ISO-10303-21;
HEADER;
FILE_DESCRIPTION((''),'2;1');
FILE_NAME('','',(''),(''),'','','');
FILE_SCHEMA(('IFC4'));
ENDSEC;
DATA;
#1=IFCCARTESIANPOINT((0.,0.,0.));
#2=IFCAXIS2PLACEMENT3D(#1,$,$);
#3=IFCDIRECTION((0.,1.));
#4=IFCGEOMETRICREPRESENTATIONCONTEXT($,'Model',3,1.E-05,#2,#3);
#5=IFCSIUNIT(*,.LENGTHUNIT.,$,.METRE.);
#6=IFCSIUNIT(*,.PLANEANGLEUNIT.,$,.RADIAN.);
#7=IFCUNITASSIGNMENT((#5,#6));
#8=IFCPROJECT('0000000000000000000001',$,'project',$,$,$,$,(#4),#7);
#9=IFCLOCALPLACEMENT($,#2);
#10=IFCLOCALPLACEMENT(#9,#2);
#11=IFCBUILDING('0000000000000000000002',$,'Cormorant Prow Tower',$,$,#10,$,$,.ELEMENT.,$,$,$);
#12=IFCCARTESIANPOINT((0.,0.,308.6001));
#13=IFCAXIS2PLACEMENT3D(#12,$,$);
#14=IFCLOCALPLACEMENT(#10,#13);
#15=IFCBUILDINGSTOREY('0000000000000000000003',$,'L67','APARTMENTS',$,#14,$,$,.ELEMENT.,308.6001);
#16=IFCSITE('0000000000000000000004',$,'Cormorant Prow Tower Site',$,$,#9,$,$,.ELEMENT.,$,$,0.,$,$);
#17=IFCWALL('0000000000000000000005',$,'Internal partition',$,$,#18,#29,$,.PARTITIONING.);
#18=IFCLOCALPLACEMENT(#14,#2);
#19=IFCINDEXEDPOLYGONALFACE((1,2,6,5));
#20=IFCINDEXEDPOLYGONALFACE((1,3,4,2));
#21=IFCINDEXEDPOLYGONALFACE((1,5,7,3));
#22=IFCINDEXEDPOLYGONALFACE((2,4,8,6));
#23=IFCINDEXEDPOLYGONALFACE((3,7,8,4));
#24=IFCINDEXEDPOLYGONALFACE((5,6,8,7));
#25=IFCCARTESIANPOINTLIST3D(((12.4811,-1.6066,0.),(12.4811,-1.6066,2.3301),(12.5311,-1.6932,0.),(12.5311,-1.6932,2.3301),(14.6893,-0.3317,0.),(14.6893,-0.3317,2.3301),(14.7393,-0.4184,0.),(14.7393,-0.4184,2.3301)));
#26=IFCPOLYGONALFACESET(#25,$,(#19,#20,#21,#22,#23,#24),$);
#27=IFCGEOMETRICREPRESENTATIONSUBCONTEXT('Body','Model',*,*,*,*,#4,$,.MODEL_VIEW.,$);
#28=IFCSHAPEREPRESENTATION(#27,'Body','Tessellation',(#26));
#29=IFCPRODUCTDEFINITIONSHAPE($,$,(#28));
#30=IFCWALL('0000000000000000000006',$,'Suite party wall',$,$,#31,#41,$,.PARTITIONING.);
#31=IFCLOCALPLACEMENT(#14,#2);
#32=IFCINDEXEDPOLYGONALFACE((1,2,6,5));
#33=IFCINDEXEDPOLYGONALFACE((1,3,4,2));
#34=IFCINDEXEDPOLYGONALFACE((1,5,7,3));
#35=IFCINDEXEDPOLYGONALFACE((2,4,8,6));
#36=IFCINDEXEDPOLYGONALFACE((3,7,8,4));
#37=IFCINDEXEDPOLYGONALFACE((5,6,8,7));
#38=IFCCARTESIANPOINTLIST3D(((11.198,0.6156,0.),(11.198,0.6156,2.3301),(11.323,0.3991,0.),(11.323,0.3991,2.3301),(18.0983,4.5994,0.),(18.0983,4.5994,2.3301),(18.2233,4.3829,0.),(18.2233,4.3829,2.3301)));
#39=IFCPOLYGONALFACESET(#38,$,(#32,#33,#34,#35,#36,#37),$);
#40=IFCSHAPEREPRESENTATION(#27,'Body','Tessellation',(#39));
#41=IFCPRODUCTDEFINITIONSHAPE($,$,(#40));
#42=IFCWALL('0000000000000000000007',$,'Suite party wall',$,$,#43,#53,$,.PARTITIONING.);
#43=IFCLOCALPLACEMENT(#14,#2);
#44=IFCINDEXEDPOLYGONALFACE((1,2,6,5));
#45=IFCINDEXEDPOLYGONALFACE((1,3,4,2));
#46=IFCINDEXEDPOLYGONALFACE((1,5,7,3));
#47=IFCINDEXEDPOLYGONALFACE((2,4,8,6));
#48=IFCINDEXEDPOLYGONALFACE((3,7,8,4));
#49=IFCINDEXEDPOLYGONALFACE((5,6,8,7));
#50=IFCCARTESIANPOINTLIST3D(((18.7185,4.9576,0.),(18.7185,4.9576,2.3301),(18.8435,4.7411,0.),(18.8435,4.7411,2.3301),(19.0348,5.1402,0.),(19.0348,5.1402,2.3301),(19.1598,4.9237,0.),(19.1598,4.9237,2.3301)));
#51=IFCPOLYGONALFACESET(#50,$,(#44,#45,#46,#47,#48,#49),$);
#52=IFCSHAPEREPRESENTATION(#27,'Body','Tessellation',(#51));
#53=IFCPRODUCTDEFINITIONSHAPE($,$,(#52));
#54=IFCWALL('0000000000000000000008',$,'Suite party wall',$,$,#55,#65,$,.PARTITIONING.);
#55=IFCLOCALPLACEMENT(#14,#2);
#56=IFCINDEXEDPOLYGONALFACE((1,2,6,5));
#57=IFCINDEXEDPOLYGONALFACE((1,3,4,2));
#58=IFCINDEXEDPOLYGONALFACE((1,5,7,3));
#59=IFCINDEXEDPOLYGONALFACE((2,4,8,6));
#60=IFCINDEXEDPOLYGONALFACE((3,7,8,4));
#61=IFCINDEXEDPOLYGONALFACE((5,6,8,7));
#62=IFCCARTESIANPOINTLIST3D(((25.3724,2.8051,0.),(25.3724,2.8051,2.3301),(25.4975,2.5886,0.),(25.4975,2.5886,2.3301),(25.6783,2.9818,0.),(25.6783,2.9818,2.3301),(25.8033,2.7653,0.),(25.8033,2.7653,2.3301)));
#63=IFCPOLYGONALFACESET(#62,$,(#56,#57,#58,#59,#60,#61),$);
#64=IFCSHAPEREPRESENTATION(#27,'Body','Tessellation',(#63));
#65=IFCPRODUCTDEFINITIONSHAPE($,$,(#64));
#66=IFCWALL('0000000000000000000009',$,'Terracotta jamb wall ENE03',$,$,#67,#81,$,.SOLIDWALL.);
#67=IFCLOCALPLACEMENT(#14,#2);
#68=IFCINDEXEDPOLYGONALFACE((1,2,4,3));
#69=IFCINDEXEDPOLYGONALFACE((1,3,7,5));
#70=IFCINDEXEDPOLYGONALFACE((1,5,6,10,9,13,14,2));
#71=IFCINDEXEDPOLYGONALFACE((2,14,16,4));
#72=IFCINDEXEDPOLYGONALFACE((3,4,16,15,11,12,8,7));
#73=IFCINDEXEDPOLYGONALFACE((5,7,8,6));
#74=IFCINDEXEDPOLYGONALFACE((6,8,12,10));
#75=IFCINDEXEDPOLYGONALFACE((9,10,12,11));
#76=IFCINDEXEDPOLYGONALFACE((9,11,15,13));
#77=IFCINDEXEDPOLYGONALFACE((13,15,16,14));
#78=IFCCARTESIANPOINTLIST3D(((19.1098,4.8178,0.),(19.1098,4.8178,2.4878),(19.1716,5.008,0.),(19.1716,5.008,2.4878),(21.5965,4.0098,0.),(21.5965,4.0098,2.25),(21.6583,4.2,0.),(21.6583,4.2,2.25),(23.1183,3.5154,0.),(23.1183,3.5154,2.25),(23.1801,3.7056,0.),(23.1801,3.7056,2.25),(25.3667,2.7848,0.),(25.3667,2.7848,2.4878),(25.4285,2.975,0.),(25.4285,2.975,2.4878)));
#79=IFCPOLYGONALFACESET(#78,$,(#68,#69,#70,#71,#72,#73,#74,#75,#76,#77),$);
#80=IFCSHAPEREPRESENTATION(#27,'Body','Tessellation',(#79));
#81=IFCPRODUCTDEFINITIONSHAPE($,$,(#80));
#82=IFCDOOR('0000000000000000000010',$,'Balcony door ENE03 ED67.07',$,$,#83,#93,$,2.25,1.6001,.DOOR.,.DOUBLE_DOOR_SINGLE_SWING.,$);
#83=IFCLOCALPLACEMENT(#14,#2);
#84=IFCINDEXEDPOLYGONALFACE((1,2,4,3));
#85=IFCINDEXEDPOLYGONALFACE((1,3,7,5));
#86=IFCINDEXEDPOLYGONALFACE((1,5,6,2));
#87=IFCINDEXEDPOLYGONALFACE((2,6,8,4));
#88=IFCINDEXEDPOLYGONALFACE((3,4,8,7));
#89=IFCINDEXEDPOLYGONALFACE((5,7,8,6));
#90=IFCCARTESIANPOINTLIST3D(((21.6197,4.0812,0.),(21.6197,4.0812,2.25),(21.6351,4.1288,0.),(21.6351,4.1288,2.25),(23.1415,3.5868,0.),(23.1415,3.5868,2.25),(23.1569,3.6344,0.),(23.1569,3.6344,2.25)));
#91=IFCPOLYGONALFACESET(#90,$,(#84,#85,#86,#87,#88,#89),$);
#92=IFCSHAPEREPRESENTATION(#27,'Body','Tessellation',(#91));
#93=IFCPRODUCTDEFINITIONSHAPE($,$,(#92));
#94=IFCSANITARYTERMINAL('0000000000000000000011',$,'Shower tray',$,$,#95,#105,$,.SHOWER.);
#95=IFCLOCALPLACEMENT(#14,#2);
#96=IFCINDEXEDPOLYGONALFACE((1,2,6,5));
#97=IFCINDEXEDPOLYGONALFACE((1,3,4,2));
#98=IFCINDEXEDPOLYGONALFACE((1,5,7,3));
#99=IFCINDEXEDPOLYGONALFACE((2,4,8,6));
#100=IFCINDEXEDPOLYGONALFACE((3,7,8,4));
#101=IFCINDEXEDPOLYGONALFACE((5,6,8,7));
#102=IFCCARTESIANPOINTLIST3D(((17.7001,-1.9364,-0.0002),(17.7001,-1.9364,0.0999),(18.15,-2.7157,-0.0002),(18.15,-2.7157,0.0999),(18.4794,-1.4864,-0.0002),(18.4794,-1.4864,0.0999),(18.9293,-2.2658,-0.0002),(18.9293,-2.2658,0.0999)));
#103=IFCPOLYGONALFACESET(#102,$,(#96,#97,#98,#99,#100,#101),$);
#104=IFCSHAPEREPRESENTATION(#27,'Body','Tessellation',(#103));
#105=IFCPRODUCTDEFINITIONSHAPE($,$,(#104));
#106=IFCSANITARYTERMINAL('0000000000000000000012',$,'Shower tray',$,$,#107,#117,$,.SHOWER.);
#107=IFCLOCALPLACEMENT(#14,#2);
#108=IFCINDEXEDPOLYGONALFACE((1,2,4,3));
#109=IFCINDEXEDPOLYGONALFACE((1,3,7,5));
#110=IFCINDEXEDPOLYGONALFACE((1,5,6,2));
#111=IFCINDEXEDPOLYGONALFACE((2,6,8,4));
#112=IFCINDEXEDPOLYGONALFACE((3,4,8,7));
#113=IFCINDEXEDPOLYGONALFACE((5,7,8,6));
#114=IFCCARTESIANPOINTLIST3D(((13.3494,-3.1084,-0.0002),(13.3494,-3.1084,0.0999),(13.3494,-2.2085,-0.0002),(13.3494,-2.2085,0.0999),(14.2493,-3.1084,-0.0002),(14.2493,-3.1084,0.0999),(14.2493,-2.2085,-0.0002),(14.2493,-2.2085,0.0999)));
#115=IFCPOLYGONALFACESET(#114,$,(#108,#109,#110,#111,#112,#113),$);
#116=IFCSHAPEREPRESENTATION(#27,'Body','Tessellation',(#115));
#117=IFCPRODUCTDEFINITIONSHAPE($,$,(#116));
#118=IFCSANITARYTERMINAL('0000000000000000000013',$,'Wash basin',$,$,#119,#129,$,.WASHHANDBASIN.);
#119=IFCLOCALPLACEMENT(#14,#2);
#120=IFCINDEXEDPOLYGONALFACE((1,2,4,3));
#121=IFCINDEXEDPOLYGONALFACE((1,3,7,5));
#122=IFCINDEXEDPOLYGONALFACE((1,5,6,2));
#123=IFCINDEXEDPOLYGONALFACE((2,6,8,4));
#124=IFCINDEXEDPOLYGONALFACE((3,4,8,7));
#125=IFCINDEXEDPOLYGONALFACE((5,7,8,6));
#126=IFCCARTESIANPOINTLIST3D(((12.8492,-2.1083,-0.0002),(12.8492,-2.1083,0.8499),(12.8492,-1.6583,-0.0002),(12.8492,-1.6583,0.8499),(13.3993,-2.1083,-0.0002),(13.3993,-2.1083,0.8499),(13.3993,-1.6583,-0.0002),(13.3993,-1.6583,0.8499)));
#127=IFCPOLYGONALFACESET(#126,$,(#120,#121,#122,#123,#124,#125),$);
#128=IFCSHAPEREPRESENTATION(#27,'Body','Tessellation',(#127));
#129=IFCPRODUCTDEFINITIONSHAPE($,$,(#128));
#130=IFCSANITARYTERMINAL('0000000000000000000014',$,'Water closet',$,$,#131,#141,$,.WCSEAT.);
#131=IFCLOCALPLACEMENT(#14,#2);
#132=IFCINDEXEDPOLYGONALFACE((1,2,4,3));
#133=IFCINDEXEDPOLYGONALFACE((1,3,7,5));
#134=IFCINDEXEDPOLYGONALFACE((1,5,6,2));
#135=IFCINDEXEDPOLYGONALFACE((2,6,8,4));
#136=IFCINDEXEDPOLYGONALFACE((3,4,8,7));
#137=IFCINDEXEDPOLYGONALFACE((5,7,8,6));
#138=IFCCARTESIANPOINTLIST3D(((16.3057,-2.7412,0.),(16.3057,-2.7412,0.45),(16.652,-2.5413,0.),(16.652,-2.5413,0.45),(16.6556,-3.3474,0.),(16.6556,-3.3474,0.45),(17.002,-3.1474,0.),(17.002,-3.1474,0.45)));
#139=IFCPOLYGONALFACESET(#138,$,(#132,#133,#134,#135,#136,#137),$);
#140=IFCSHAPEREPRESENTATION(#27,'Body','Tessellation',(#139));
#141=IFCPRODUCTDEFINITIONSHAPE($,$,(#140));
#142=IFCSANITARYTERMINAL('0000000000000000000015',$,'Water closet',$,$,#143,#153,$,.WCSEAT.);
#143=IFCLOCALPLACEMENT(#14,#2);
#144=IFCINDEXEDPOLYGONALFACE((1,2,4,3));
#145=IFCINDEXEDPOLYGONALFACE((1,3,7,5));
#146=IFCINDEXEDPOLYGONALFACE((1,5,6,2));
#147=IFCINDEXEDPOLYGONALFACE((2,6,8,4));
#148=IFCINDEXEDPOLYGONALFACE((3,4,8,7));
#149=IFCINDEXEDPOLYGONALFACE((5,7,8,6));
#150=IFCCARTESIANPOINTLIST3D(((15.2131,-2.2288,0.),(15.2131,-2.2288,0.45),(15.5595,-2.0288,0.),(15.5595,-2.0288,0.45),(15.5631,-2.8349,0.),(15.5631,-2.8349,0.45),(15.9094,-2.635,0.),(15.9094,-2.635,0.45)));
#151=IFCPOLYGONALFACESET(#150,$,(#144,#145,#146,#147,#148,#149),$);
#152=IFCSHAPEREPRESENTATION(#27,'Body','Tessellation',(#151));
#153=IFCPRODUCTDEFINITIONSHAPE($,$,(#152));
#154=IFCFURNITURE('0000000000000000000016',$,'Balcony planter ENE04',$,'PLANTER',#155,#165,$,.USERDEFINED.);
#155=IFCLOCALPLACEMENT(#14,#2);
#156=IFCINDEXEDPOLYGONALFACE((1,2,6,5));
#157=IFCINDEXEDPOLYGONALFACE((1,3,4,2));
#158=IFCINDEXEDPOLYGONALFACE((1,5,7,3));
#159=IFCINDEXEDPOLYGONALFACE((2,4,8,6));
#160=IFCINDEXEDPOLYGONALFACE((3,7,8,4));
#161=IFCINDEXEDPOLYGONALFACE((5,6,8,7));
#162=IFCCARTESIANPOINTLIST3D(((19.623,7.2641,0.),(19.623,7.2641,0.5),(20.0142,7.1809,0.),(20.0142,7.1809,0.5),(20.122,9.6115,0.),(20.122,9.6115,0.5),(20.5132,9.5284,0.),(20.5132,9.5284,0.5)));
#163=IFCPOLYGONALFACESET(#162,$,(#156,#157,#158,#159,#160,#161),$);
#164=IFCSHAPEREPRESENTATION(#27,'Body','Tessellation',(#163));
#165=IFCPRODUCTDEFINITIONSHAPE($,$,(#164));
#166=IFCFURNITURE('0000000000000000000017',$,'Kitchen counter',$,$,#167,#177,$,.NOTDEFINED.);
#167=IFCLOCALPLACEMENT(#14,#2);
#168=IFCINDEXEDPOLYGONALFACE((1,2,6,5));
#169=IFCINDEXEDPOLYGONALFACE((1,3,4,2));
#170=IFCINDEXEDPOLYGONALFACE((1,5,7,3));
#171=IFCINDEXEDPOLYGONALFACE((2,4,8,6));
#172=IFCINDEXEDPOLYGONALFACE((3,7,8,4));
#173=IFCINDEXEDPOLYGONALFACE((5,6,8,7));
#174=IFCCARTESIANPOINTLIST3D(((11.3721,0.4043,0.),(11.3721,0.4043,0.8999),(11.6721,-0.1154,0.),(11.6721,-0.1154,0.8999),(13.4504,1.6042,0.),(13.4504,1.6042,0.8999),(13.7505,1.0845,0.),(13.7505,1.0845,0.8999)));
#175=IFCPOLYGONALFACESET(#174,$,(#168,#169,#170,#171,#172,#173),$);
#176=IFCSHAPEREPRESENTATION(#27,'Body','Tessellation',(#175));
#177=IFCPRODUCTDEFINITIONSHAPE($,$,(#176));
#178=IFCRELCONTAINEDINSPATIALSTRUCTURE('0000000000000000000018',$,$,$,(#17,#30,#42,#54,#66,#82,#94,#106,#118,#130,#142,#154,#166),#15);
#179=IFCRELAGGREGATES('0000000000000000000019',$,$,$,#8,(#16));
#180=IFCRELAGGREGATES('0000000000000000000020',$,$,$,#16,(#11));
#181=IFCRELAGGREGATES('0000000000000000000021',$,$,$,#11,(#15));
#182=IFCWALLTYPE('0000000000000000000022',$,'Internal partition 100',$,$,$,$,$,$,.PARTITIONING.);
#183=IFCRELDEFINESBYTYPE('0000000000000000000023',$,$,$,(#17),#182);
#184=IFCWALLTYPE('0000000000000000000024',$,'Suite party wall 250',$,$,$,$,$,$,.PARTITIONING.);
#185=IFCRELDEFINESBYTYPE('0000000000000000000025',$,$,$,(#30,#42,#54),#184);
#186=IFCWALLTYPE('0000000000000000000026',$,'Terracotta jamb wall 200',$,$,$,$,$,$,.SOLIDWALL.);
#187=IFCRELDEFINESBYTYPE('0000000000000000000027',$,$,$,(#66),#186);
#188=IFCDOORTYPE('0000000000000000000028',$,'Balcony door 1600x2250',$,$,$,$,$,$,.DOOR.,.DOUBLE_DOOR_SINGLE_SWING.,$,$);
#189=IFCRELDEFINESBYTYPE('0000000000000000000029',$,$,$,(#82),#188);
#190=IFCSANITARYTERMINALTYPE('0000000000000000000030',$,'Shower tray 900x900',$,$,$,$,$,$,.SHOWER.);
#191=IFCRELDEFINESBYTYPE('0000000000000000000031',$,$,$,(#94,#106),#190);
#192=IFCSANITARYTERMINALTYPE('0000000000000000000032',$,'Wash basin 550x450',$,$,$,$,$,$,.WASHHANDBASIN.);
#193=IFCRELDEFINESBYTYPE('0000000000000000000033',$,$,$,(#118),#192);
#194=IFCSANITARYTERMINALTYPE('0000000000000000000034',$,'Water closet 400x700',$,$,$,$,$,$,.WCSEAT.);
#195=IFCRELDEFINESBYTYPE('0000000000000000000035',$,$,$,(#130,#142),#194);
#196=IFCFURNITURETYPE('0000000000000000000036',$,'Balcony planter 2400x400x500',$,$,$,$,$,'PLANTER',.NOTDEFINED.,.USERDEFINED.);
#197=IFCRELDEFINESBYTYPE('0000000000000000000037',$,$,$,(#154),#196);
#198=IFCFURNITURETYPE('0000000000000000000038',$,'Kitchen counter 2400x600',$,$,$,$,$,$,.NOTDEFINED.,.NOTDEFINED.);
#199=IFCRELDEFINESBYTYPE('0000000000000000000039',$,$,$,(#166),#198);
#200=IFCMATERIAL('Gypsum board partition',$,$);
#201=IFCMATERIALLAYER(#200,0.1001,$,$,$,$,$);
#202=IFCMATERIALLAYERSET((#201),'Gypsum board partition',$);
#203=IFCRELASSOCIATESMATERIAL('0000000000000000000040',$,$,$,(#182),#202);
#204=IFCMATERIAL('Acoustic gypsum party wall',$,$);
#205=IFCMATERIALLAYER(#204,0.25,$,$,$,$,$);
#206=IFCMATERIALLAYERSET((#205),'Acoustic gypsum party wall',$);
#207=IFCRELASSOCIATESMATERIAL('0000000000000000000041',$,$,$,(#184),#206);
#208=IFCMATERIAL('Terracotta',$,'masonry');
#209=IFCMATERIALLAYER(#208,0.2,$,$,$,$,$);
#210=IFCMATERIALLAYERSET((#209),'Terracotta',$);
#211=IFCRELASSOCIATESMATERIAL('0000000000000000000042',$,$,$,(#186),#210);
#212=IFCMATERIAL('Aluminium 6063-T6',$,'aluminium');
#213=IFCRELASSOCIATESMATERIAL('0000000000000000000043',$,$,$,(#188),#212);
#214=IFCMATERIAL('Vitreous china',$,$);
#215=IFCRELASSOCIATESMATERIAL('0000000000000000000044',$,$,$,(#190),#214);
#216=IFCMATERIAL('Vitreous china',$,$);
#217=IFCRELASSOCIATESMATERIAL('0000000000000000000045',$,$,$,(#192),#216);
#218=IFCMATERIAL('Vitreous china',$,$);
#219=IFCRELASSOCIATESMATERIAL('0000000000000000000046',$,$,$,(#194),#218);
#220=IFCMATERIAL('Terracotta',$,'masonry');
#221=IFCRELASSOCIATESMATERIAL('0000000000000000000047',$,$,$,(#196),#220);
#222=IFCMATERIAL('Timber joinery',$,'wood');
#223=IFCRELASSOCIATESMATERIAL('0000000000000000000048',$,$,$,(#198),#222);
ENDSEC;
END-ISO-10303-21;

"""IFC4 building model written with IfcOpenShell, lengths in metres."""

from ifc_helpers import new_model, si_unit, direction, frame, frame_2d, origin, origin_2d, place, context, subcontext, project, spatial, rectangle, extrude, material, layer, layer_set, type_object, element, fill, save


model = new_model("IFC4")

# Units and contexts
model_context = context("Model", 3, precision=1e-05, world=origin(), true_north=direction((0.0, 1.0)))
body_context = subcontext(model_context, "Body", "Model", "MODEL_VIEW")
ifc_project = project(units=[si_unit("LENGTHUNIT", "METRE"), si_unit("PLANEANGLEUNIT", "RADIAN")], contexts=[model_context])

# Site, building, storey
site_placement = place(None, origin())
site = spatial("IfcSite", under=ifc_project, at=site_placement, Name="Cormorant Prow Tower Site", CompositionType="ELEMENT", RefElevation=0.0)
building_placement = place(site_placement, origin())
building = spatial("IfcBuilding", under=site, at=building_placement, Name="Cormorant Prow Tower", CompositionType="ELEMENT")
storey_placement = place(building_placement, frame((0.0, 0.0, 308.6001)))
storey = spatial("IfcBuildingStorey", under=building, at=storey_placement, Name="L67", Description="APARTMENTS", CompositionType="ELEMENT", Elevation=308.6001)

# Shared definitions
ifc_material_1 = material(Name="Gypsum board partition")
ifc_layer_1 = layer(ifc_material_1, 0.1001)
ifc_layer_set_1 = layer_set([ifc_layer_1], Name="Gypsum board partition")
wall_type_1 = type_object("IfcWallType", Name="Internal partition 100", PredefinedType="PARTITIONING", material=ifc_layer_set_1)

# Walls
wall_1_placement = place(storey_placement, frame((12.5061, -1.6499, 0.0), z_axis=(0.0, 0.0, 1.0), x_axis=(0.866031, 0.49999, 0.0)))
element("IfcWall", 1, at=wall_1_placement, inside=storey, type_object=wall_type_1, Name="Internal partition", PredefinedType="PARTITIONING", context=body_context, shape_type="SweptSolid", body=[
    extrude(rectangle(XDim=2.5498, YDim=0.1001, at=frame_2d((1.2749, 0.0))), origin(), (0.0, 0.0, 1.0), 2.3301),
])
ifc_material_2 = material(Name="Acoustic gypsum party wall")
ifc_layer_2 = layer(ifc_material_2, 0.25)
ifc_layer_set_2 = layer_set([ifc_layer_2], Name="Acoustic gypsum party wall")
wall_type_2 = type_object("IfcWallType", Name="Suite party wall 250", PredefinedType="PARTITIONING", material=ifc_layer_set_2)
wall_2_placement = place(storey_placement, frame((11.2605, 0.5073, 0.0), z_axis=(0.0, 0.0, 1.0), x_axis=(0.866028, 0.499995, 0.0)))
element("IfcWall", 2, at=wall_2_placement, inside=storey, type_object=wall_type_2, Name="Suite party wall", PredefinedType="PARTITIONING", context=body_context, shape_type="SweptSolid", body=[
    extrude(rectangle(XDim=7.9678, YDim=0.25, at=frame_2d((3.9839, 0.0))), origin(), (0.0, 0.0, 1.0), 2.3301),
])
wall_3_placement = place(storey_placement, frame((18.781, 4.8494, 0.0), z_axis=(0.0, 0.0, 1.0), x_axis=(0.866097, 0.499877, 0.0)))
element("IfcWall", 3, at=wall_3_placement, inside=storey, type_object=wall_type_2, Name="Suite party wall", PredefinedType="PARTITIONING", context=body_context, shape_type="SweptSolid", body=[
    extrude(rectangle(XDim=0.3652, YDim=0.25, at=frame_2d((0.1826, 0.0))), origin(), (0.0, 0.0, 1.0), 2.3301),
])
wall_4_placement = place(storey_placement, frame((25.4348, 2.6968, 0.0), z_axis=(0.0, 0.0, 1.0), x_axis=(0.865852, 0.500301, 0.0)))
element("IfcWall", 4, at=wall_4_placement, inside=storey, type_object=wall_type_2, Name="Suite party wall", PredefinedType="PARTITIONING", context=body_context, shape_type="SweptSolid", body=[
    extrude(rectangle(XDim=0.3533, YDim=0.25, at=frame_2d((0.1768, 0.0))), origin(), (0.0, 0.0, 1.0), 2.3301),
])

# Wall, opening, door
ifc_material_3 = material(Name="Terracotta", Category="masonry")
ifc_layer_3 = layer(ifc_material_3, 0.2)
ifc_layer_set_3 = layer_set([ifc_layer_3], Name="Terracotta")
wall_type_3 = type_object("IfcWallType", Name="Terracotta jamb wall 200", PredefinedType="SOLIDWALL", material=ifc_layer_set_3)
wall_5_placement = place(storey_placement, frame((25.3977, 2.8799, 0.0), z_axis=(0.0, 0.0, 1.0), x_axis=(-0.951057, 0.309016, 0.0)))
wall_5 = element("IfcWall", 5, at=wall_5_placement, inside=storey, type_object=wall_type_3, Name="Terracotta jamb wall ENE03", PredefinedType="SOLIDWALL", context=body_context, shape_type="SweptSolid", body=[
    extrude(rectangle(XDim=6.5789, YDim=0.2, at=frame_2d((3.2896, 0.0))), origin(), (0.0, 0.0, 1.0), 2.4878),
])
opening_1_placement = place(wall_5_placement, frame((2.3643, 0.0, 0.0)))
opening_1 = element("IfcOpeningElement", 6, at=opening_1_placement, cuts=wall_5, PredefinedType="OPENING", context=body_context, shape_type="SweptSolid", body=[
    extrude(rectangle(XDim=1.6001, YDim=2.25, at=frame_2d((0.8, 1.125))), frame((0.0, 0.1099, 0.0), z_axis=(0.0, -1.0, 0.0), x_axis=(1.0, 0.0, 0.0)), (0.0, 0.0, 1.0), 0.22),
])
ifc_material_4 = material(Name="Aluminium 6063-T6", Category="aluminium")
door_type_1 = type_object("IfcDoorType", Name="Balcony door 1600x2250", OperationType="DOUBLE_DOOR_SINGLE_SWING", PredefinedType="DOOR", material=ifc_material_4)
door_1_placement = place(opening_1_placement, origin())
door_1 = element("IfcDoor", 7, at=door_1_placement, inside=storey, type_object=door_type_1, Name="Balcony door ENE03 ED67.07", OperationType="DOUBLE_DOOR_SINGLE_SWING", OverallHeight=2.25, OverallWidth=1.6001, PredefinedType="DOOR", context=body_context, shape_type="SweptSolid", body=[
    extrude(rectangle(XDim=1.6001, YDim=2.25, at=frame_2d((0.8, 1.125))), frame((0.0, 0.0249, 0.0), z_axis=(0.0, -1.0, 0.0), x_axis=(1.0, 0.0, 0.0)), (0.0, 0.0, 1.0), 0.05),
])
fill(opening_1, door_1)

# Sanitary terminals
ifc_material_5 = material(Name="Vitreous china")
sanitary_terminal_type_1 = type_object("IfcSanitaryTerminalType", Name="Shower tray 900x900", PredefinedType="SHOWER", material=ifc_material_5)
for number, where, z_axis, x_axis, name in (
    (8, (18.3147, -2.1011, -0.0002), (0.0, 0.0, 1.0), (0.5, -0.866025, 0.0), "Shower tray"),
    (9, (13.7993, -2.6584, -0.0002), (0.0, 0.0, 1.0), (1.0, 0.0, 0.0), "Shower tray"),
):
    element("IfcSanitaryTerminal", number, at=place(storey_placement, frame(where, z_axis=z_axis, x_axis=x_axis)), inside=storey, type_object=sanitary_terminal_type_1, Name=name, PredefinedType="SHOWER", context=body_context, shape_type="SweptSolid", body=[
        extrude(rectangle(XDim=0.8999, YDim=0.8999, at=origin_2d()), origin(), (0.0, 0.0, 1.0), 0.1001),
    ])
ifc_material_6 = material(Name="Vitreous china")
sanitary_terminal_type_2 = type_object("IfcSanitaryTerminalType", Name="Wash basin 550x450", PredefinedType="WASHHANDBASIN", material=ifc_material_6)
sanitary_terminal_placement = place(storey_placement, frame((13.1243, -1.8833, -0.0002), z_axis=(0.0, 0.0, 1.0), x_axis=(1.0, 0.0, 0.0)))
element("IfcSanitaryTerminal", 10, at=sanitary_terminal_placement, inside=storey, type_object=sanitary_terminal_type_2, Name="Wash basin", PredefinedType="WASHHANDBASIN", context=body_context, shape_type="SweptSolid", body=[
    extrude(rectangle(XDim=0.55, YDim=0.45, at=origin_2d()), origin(), (0.0, 0.0, 1.0), 0.8501),
])
ifc_material_7 = material(Name="Vitreous china")
sanitary_terminal_type_3 = type_object("IfcSanitaryTerminalType", Name="Water closet 400x700", PredefinedType="WCSEAT", material=ifc_material_7)
for number, where, z_axis, x_axis, name in (
    (11, (16.6538, -2.9443, 0.0), (0.0, 0.0, 1.0), (0.866025, 0.5, 0.0), "Water closet"),
    (12, (15.5613, -2.4319, 0.0), (0.0, 0.0, 1.0), (-0.866025, -0.5, 0.0), "Water closet"),
):
    element("IfcSanitaryTerminal", number, at=place(storey_placement, frame(where, z_axis=z_axis, x_axis=x_axis)), inside=storey, type_object=sanitary_terminal_type_3, Name=name, PredefinedType="WCSEAT", context=body_context, shape_type="SweptSolid", body=[
        extrude(rectangle(XDim=0.3999, YDim=0.7, at=origin_2d()), origin(), (0.0, 0.0, 1.0), 0.45),
    ])

# Furniture
ifc_material_8 = material(Name="Terracotta", Category="masonry")
furniture_type_1 = type_object("IfcFurnitureType", Name="Balcony planter 2400x400x500", ElementType="PLANTER", AssemblyPlace="NOTDEFINED", PredefinedType="USERDEFINED", material=ifc_material_8)
furniture_1_placement = place(storey_placement, frame((20.0681, 8.3962, 0.0), z_axis=(0.0, 0.0, 1.0), x_axis=(0.207912, 0.978148, 0.0)))
element("IfcFurniture", 13, at=furniture_1_placement, inside=storey, type_object=furniture_type_1, Name="Balcony planter ENE04", ObjectType="PLANTER", PredefinedType="USERDEFINED", context=body_context, shape_type="SweptSolid", body=[
    extrude(rectangle(XDim=2.3999, YDim=0.3999, at=origin_2d()), origin(), (0.0, 0.0, 1.0), 0.5),
])
ifc_material_9 = material(Name="Timber joinery", Category="wood")
furniture_type_2 = type_object("IfcFurnitureType", Name="Kitchen counter 2400x600", AssemblyPlace="NOTDEFINED", PredefinedType="NOTDEFINED", material=ifc_material_9)
furniture_2_placement = place(storey_placement, frame((12.5613, 0.7444, 0.0), z_axis=(0.0, 0.0, 1.0), x_axis=(0.866025, 0.5, 0.0)))
element("IfcFurniture", 14, at=furniture_2_placement, inside=storey, type_object=furniture_type_2, Name="Kitchen counter", PredefinedType="NOTDEFINED", context=body_context, shape_type="SweptSolid", body=[
    extrude(rectangle(XDim=2.3999, YDim=0.6001, at=origin_2d()), origin(), (0.0, 0.0, 1.0), 0.8999),
])

save(model, "model.ifc")
